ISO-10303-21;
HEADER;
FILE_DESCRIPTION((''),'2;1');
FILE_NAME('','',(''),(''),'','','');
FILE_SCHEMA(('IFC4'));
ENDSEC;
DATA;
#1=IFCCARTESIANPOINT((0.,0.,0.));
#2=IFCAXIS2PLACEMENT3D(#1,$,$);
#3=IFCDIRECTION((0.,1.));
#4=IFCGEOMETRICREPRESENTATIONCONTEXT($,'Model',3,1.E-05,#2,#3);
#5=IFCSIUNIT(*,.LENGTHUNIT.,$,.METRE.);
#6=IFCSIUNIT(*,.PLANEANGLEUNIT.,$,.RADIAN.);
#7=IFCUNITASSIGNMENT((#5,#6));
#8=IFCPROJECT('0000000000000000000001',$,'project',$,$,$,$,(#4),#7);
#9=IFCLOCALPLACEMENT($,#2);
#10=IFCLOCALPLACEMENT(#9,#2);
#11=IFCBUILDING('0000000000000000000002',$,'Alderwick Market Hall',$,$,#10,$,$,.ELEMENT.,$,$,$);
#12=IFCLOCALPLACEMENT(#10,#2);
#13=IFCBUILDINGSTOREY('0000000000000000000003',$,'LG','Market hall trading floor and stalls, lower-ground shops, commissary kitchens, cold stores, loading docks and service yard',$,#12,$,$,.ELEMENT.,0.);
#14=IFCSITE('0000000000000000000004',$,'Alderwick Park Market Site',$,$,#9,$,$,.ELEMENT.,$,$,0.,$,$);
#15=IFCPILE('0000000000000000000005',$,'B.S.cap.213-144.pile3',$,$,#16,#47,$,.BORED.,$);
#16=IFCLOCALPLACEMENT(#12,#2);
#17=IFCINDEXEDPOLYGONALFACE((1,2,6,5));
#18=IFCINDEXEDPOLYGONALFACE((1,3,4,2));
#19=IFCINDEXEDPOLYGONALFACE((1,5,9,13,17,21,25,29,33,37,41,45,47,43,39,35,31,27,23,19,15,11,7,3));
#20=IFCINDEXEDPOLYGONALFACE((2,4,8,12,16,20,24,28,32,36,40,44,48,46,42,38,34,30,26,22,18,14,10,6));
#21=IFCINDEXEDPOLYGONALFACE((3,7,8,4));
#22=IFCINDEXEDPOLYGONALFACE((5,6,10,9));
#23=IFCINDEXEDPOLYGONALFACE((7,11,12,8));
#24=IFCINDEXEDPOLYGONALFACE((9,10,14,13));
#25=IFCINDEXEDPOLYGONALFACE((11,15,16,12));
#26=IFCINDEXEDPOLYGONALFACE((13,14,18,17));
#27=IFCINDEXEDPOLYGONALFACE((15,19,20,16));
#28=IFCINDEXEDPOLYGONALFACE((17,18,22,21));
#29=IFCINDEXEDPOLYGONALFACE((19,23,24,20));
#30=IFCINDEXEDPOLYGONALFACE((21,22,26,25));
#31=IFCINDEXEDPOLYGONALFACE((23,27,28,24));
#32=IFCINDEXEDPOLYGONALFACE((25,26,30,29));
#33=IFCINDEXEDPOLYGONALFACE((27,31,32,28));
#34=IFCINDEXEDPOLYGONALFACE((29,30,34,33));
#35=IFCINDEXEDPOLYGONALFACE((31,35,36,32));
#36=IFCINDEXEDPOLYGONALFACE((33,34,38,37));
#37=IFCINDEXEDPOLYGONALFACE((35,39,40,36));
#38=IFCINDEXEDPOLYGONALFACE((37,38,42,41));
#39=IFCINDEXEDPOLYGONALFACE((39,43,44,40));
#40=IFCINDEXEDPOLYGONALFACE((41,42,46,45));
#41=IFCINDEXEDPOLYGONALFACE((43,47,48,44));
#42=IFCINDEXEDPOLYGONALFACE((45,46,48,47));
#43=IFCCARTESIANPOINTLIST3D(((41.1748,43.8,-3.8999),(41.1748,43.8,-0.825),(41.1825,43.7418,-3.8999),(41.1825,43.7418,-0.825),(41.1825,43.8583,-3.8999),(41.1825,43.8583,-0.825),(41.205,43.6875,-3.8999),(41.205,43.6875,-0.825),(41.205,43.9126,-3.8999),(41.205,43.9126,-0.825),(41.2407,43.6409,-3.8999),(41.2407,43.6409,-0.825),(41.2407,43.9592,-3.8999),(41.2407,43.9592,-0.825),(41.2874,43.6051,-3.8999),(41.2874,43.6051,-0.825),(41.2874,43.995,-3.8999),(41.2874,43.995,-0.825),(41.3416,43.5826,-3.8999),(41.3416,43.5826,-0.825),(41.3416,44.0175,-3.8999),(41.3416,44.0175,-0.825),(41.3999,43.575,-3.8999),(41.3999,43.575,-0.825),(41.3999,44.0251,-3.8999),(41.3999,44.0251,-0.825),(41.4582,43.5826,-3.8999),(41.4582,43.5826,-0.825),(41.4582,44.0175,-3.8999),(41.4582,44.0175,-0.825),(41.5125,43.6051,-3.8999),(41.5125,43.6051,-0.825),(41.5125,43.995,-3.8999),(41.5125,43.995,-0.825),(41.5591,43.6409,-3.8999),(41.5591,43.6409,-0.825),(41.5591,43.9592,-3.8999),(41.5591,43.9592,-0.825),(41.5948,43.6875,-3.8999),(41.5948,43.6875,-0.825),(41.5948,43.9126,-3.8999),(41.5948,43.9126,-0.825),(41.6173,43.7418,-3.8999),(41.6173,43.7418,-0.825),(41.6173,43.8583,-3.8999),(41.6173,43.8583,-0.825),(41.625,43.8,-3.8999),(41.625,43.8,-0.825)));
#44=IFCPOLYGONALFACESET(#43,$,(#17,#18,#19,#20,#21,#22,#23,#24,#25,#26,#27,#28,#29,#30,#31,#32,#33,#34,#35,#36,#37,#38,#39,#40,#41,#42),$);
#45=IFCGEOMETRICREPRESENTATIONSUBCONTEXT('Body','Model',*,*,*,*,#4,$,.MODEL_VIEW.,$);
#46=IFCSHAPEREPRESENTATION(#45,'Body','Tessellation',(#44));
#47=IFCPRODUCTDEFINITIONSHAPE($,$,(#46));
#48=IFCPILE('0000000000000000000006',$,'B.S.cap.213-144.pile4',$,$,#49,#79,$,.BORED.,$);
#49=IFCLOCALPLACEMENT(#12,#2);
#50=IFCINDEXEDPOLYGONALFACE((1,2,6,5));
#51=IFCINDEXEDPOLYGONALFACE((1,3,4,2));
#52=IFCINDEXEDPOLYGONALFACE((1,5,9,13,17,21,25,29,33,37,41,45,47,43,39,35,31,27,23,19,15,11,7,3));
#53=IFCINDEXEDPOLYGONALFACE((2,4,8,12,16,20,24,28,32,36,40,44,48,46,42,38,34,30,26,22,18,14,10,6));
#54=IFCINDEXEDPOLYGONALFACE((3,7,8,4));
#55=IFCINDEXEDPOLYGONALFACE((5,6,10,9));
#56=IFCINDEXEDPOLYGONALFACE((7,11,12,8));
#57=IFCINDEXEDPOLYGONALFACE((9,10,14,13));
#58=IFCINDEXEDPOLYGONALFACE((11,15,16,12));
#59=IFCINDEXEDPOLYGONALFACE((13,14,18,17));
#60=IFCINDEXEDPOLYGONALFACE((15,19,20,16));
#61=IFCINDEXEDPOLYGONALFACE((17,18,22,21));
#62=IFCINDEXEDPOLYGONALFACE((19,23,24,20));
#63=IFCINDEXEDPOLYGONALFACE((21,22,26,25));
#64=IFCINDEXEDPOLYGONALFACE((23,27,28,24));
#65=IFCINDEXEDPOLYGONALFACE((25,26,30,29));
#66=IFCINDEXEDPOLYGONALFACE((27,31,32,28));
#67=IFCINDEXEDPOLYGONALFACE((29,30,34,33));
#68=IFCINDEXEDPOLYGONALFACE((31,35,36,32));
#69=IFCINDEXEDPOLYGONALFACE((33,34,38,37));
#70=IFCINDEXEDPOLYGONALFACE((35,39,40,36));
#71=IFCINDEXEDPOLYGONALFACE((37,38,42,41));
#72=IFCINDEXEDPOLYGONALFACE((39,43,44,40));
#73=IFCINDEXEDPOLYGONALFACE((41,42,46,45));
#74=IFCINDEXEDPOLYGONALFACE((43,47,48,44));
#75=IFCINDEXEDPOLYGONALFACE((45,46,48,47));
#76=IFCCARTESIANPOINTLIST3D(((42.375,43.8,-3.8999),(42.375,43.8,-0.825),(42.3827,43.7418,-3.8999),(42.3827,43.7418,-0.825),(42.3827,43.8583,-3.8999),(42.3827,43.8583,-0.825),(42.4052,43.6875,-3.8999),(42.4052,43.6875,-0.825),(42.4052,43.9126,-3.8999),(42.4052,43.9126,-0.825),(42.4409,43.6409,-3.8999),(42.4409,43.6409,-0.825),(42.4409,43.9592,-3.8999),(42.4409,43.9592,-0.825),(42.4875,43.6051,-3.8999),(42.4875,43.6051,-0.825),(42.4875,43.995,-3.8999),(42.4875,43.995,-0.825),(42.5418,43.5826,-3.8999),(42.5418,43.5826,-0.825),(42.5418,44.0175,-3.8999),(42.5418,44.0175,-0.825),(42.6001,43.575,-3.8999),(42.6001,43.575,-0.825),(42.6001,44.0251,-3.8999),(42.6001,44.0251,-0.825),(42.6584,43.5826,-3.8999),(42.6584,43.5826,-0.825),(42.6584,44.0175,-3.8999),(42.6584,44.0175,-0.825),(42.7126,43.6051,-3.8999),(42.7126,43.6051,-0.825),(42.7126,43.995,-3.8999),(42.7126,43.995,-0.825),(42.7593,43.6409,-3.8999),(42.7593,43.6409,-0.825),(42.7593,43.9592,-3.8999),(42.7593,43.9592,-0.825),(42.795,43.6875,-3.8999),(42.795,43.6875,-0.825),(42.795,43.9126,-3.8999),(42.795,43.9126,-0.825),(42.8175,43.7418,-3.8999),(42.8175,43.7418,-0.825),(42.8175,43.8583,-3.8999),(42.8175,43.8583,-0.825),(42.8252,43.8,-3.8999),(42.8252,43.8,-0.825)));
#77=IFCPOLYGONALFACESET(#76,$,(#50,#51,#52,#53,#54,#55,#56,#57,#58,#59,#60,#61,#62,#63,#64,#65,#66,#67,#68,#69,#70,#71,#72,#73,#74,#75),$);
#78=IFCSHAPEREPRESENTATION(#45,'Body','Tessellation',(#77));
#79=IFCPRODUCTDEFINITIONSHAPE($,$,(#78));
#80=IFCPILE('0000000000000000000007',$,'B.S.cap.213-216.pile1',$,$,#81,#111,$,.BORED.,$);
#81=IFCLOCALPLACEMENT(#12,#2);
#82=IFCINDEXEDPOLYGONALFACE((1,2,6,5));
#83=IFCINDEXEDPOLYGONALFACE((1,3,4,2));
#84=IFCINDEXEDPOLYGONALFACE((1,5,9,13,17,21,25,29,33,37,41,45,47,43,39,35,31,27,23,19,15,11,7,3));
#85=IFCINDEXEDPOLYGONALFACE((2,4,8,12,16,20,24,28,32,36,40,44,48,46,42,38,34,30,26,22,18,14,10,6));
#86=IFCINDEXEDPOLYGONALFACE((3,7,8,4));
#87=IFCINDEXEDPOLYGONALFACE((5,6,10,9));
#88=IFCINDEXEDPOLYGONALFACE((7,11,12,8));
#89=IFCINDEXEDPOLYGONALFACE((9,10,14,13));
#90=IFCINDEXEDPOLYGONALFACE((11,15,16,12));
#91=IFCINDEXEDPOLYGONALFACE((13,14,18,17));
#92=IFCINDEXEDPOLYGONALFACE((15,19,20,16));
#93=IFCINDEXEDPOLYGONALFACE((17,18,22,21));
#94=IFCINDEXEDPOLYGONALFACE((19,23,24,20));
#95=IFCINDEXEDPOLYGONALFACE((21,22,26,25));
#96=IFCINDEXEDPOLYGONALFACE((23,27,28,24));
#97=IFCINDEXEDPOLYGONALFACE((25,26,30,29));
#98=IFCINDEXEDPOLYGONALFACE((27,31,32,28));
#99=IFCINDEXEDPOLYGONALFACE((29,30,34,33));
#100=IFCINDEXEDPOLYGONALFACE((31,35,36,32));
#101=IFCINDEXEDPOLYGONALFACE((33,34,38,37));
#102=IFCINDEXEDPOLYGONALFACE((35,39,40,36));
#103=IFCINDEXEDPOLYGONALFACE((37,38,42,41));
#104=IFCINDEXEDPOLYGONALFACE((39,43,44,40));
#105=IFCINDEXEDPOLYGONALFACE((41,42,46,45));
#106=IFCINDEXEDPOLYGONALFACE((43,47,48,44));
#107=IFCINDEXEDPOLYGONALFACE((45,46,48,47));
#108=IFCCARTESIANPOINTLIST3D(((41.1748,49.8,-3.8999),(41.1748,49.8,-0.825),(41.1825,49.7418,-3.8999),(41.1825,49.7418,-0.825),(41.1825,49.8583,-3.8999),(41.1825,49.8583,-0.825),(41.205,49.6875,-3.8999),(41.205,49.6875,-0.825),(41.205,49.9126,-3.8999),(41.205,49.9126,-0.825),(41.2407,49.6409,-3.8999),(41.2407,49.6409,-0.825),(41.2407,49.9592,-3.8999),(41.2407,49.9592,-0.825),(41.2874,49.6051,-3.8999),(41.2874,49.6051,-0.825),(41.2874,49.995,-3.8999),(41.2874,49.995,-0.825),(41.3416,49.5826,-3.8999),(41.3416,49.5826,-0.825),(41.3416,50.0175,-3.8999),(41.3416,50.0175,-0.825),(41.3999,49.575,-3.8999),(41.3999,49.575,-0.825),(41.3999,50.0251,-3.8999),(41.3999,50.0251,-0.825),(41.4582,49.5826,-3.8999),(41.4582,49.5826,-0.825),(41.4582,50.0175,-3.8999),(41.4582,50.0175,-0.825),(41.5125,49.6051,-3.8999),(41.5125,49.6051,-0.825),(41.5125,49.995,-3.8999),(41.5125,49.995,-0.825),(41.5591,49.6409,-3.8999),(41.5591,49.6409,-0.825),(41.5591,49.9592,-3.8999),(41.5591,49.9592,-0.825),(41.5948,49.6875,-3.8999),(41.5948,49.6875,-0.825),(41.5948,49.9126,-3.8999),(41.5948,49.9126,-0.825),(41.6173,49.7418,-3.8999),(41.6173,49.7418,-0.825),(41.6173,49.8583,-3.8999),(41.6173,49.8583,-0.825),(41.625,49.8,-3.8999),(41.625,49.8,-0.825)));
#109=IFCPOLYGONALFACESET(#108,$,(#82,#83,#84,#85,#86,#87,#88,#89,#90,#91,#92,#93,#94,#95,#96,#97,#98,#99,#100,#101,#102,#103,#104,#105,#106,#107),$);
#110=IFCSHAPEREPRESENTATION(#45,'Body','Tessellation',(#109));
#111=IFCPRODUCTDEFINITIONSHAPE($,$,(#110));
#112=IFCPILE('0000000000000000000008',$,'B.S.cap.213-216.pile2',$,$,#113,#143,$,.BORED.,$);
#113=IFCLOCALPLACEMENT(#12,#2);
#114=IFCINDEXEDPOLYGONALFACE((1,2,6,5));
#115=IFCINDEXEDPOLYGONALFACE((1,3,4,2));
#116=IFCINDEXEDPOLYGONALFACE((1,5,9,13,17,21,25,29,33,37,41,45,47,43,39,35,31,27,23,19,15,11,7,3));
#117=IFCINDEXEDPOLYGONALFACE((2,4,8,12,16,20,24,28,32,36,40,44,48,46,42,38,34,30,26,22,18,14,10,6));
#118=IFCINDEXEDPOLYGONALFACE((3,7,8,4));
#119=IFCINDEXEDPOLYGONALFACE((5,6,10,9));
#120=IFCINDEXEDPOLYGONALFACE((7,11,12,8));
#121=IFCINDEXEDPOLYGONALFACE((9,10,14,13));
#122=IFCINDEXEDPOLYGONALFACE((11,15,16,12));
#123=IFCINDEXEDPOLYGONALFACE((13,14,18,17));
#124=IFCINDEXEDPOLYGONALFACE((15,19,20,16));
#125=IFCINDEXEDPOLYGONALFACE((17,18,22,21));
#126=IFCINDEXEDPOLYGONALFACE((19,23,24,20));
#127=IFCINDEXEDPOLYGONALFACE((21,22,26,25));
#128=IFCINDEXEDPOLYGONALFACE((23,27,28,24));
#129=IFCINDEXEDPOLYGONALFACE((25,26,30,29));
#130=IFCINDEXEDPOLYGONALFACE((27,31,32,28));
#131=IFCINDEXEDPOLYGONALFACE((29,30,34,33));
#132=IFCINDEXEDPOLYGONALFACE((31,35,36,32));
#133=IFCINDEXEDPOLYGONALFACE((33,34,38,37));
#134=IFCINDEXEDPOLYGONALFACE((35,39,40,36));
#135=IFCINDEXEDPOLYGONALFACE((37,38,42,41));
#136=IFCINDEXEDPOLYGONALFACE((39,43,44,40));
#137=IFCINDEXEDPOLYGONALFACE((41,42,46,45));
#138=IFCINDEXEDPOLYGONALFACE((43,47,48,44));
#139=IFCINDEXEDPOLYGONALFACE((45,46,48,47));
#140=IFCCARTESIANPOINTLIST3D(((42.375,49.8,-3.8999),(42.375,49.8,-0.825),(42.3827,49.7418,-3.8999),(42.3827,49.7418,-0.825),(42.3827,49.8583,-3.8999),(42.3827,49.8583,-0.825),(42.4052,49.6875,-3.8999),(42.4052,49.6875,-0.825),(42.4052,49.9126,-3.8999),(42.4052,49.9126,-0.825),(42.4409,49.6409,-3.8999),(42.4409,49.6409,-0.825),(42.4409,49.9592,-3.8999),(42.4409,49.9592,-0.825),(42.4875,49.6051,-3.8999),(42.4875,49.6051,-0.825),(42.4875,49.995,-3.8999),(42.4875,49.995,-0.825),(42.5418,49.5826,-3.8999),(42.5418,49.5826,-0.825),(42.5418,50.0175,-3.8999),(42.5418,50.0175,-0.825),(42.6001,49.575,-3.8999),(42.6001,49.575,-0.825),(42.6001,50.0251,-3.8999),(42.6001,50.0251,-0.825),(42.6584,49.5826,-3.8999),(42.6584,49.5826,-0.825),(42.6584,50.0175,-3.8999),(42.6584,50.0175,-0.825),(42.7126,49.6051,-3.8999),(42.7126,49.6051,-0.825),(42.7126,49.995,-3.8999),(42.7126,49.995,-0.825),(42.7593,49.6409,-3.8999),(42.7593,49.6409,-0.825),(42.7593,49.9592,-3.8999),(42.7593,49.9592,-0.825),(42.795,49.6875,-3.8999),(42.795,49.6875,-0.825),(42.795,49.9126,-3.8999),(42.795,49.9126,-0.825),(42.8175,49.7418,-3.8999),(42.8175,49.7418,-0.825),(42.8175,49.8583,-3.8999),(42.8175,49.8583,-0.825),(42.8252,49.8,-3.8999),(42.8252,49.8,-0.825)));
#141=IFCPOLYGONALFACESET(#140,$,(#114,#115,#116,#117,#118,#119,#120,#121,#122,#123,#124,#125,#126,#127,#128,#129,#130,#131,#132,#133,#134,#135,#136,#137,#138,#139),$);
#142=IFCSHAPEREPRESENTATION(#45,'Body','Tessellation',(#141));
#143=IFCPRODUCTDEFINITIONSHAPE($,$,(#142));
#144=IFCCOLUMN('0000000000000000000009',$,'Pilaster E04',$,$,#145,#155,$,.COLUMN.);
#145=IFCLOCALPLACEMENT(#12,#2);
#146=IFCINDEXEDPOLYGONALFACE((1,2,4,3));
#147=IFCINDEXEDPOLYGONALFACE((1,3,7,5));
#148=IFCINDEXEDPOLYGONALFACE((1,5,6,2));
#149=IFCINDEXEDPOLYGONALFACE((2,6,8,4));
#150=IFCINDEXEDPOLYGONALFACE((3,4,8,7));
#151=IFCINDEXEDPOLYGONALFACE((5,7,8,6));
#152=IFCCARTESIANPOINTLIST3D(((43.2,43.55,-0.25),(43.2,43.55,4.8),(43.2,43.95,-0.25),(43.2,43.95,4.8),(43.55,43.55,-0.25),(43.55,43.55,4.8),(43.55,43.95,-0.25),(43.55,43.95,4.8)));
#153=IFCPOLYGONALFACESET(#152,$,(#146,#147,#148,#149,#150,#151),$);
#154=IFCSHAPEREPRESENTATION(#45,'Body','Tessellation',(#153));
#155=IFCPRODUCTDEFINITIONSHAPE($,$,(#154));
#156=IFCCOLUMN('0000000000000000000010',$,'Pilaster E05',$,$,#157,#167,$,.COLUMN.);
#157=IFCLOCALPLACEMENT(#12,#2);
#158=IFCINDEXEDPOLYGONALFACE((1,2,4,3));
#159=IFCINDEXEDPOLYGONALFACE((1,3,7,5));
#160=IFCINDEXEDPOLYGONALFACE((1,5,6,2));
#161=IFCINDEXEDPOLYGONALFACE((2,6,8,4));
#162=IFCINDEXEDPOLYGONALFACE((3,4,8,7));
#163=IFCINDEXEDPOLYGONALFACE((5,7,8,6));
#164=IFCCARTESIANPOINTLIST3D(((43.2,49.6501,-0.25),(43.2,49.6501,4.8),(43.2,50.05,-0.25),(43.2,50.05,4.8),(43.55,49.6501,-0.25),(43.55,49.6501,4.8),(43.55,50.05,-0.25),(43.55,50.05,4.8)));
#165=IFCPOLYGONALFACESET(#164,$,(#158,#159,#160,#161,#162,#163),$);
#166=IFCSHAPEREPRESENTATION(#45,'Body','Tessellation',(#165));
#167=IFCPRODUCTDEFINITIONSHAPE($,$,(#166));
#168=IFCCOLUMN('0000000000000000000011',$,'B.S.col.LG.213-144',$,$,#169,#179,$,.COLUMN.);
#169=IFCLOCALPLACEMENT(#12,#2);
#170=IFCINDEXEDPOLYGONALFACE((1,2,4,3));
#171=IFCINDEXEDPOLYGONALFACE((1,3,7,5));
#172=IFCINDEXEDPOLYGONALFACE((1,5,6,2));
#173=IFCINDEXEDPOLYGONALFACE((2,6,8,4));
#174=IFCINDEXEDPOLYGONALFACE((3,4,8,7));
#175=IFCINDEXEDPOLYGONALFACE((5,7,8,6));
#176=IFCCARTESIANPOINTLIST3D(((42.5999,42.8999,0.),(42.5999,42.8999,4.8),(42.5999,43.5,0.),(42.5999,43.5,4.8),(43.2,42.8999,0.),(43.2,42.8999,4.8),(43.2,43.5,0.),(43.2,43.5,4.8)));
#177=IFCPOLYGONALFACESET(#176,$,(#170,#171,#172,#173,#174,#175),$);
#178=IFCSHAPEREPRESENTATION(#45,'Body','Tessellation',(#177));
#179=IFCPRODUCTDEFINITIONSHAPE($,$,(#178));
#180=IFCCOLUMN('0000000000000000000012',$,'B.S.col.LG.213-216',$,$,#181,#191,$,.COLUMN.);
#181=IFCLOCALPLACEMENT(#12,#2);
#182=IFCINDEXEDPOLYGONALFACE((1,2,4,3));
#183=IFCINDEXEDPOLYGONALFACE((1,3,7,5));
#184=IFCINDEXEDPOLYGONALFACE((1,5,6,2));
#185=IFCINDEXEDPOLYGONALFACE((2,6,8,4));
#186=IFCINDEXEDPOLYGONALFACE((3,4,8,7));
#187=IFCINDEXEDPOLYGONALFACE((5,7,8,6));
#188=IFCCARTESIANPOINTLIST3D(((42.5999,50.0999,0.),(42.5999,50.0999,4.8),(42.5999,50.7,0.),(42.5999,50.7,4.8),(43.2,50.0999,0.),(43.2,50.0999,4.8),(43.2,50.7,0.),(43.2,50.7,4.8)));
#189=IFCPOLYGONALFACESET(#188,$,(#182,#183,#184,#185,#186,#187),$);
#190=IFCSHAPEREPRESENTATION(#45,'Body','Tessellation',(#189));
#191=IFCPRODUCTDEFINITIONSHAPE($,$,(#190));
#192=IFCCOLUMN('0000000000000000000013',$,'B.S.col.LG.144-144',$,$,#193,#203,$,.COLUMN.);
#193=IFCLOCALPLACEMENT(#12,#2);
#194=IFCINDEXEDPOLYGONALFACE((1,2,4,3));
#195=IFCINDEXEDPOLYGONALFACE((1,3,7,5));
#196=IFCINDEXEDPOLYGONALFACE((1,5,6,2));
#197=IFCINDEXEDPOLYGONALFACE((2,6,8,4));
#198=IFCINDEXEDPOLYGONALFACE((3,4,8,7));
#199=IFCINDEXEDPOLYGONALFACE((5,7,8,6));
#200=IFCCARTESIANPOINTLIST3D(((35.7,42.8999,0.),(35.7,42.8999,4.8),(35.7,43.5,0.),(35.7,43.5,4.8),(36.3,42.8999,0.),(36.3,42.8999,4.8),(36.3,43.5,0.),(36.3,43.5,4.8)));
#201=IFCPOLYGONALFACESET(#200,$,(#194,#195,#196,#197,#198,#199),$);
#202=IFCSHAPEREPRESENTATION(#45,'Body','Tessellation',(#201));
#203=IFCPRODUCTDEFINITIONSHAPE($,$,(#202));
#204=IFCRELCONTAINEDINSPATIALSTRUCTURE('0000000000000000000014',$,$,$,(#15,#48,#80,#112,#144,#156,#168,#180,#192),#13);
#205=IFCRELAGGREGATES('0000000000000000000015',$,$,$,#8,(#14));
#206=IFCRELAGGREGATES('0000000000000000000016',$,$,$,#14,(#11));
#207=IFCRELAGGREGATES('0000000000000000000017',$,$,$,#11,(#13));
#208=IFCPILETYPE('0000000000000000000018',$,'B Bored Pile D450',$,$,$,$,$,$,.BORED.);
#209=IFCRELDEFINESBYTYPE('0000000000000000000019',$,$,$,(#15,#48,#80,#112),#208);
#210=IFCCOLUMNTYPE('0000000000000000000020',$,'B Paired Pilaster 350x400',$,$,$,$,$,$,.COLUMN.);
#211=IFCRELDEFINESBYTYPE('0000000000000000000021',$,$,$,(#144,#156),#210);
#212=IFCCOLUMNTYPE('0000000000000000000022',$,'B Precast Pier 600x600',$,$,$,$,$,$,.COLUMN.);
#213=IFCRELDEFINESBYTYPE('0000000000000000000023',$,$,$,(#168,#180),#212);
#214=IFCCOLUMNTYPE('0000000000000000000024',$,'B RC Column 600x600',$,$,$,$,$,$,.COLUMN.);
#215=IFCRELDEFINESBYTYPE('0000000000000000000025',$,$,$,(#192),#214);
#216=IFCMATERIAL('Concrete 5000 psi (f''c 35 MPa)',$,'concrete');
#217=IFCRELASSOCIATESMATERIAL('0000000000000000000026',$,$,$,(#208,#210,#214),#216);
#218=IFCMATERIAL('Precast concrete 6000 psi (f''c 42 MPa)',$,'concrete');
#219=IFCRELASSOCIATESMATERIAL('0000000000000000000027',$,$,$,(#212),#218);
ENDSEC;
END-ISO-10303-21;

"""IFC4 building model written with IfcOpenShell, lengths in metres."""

from ifc_helpers import new_model, si_unit, direction, frame, origin, origin_2d, place, context, subcontext, project, spatial, rectangle, circle, extrude, material, material_profile, profile_set, type_object, element, save


model = new_model("IFC4")

# Units and contexts
model_context = context("Model", 3, precision=1e-05, world=origin(), true_north=direction((0.0, 1.0)))
body_context = subcontext(model_context, "Body", "Model", "MODEL_VIEW")
ifc_project = project(units=[si_unit("LENGTHUNIT", "METRE"), si_unit("PLANEANGLEUNIT", "RADIAN")], contexts=[model_context])

# Site, building, storey
site_placement = place(None, origin())
site = spatial("IfcSite", under=ifc_project, at=site_placement, Name="Alderwick Park Market Site", CompositionType="ELEMENT", RefElevation=0.0)
building_placement = place(site_placement, origin())
building = spatial("IfcBuilding", under=site, at=building_placement, Name="Alderwick Market Hall", CompositionType="ELEMENT")
storey_placement = place(building_placement, origin())
storey = spatial("IfcBuildingStorey", under=building, at=storey_placement, Name="LG", Description="Market hall trading floor and stalls, lower-ground shops, commissary kitchens, cold stores, loading docks and service yard", CompositionType="ELEMENT", Elevation=0.0)

# Piles
ifc_material_1 = material(Name="Concrete 5000 psi (f'c 35 MPa)", Category="concrete")
ifc_material_profile_1 = material_profile(ifc_material_1, circle(Radius=0.2251, at=origin_2d()), Name="B Bored Pile D450")
ifc_profile_set_1 = profile_set([ifc_material_profile_1], Name="Concrete 5000 psi (f'c 35 MPa)")
pile_type = type_object("IfcPileType", Name="B Bored Pile D450", PredefinedType="BORED", material=ifc_profile_set_1)
for number, where, z_axis, x_axis, name in (
    (1, (41.3999, 43.8, -0.825), (0.0, 0.0, -1.0), (1.0, 0.0, 0.0), "B.S.cap.213-144.pile3"),
    (2, (42.6001, 43.8, -0.825), (0.0, 0.0, -1.0), (1.0, 0.0, 0.0), "B.S.cap.213-144.pile4"),
    (3, (41.3999, 49.8, -0.825), (0.0, 0.0, -1.0), (1.0, 0.0, 0.0), "B.S.cap.213-216.pile1"),
    (4, (42.6001, 49.8, -0.825), (0.0, 0.0, -1.0), (1.0, 0.0, 0.0), "B.S.cap.213-216.pile2"),
):
    element("IfcPile", number, at=place(storey_placement, frame(where, z_axis=z_axis, x_axis=x_axis)), inside=storey, type_object=pile_type, Name=name, PredefinedType="BORED", context=body_context, shape_type="SweptSolid", body=[
        extrude(circle(Radius=0.2251, at=origin_2d()), origin(), (0.0, 0.0, 1.0), 3.075),
    ])

# Columns
ifc_material_profile_2 = material_profile(ifc_material_1, rectangle(XDim=0.3501, YDim=0.3999, at=origin_2d()), Name="B Paired Pilaster 350x400")
ifc_profile_set_2 = profile_set([ifc_material_profile_2], Name="Concrete 5000 psi (f'c 35 MPa)")
column_type_1 = type_object("IfcColumnType", Name="B Paired Pilaster 350x400", PredefinedType="COLUMN", material=ifc_profile_set_2)
for number, where, z_axis, x_axis, name in (
    (5, (43.375, 43.75, -0.25), (0.0, 0.0, 1.0), (1.0, 0.0, 0.0), "Pilaster E04"),
    (6, (43.375, 49.8501, -0.25), (0.0, 0.0, 1.0), (1.0, 0.0, 0.0), "Pilaster E05"),
):
    element("IfcColumn", number, at=place(storey_placement, frame(where, z_axis=z_axis, x_axis=x_axis)), inside=storey, type_object=column_type_1, Name=name, PredefinedType="COLUMN", context=body_context, shape_type="SweptSolid", body=[
        extrude(rectangle(XDim=0.3501, YDim=0.3999, at=origin_2d()), origin(), (0.0, 0.0, 1.0), 5.05),
    ])
ifc_material_2 = material(Name="Precast concrete 6000 psi (f'c 42 MPa)", Category="concrete")
ifc_material_profile_3 = material_profile(ifc_material_2, rectangle(XDim=0.6001, YDim=0.6001, at=origin_2d()), Name="B Precast Pier 600x600")
ifc_profile_set_3 = profile_set([ifc_material_profile_3], Name="Precast concrete 6000 psi (f'c 42 MPa)")
column_type_2 = type_object("IfcColumnType", Name="B Precast Pier 600x600", PredefinedType="COLUMN", material=ifc_profile_set_3)
for number, where, z_axis, x_axis, name in (
    (7, (42.8999, 43.2, 0.0), (0.0, 0.0, 1.0), (1.0, 0.0, 0.0), "B.S.col.LG.213-144"),
    (8, (42.8999, 50.3999, 0.0), (0.0, 0.0, 1.0), (1.0, 0.0, 0.0), "B.S.col.LG.213-216"),
):
    element("IfcColumn", number, at=place(storey_placement, frame(where, z_axis=z_axis, x_axis=x_axis)), inside=storey, type_object=column_type_2, Name=name, PredefinedType="COLUMN", context=body_context, shape_type="SweptSolid", body=[
        extrude(rectangle(XDim=0.6001, YDim=0.6001, at=origin_2d()), origin(), (0.0, 0.0, 1.0), 4.8),
    ])
ifc_material_profile_4 = material_profile(ifc_material_1, rectangle(XDim=0.6001, YDim=0.6001, at=origin_2d()), Name="B RC Column 600x600")
ifc_profile_set_4 = profile_set([ifc_material_profile_4], Name="Concrete 5000 psi (f'c 35 MPa)")
column_type_3 = type_object("IfcColumnType", Name="B RC Column 600x600", PredefinedType="COLUMN", material=ifc_profile_set_4)
for number, where, z_axis, x_axis, name in (
    (9, (36.0, 43.2, 0.0), (0.0, 0.0, 1.0), (1.0, 0.0, 0.0), "B.S.col.LG.144-144"),
):
    element("IfcColumn", number, at=place(storey_placement, frame(where, z_axis=z_axis, x_axis=x_axis)), inside=storey, type_object=column_type_3, Name=name, PredefinedType="COLUMN", context=body_context, shape_type="SweptSolid", body=[
        extrude(rectangle(XDim=0.6001, YDim=0.6001, at=origin_2d()), origin(), (0.0, 0.0, 1.0), 4.8),
    ])

save(model, "model.ifc")
